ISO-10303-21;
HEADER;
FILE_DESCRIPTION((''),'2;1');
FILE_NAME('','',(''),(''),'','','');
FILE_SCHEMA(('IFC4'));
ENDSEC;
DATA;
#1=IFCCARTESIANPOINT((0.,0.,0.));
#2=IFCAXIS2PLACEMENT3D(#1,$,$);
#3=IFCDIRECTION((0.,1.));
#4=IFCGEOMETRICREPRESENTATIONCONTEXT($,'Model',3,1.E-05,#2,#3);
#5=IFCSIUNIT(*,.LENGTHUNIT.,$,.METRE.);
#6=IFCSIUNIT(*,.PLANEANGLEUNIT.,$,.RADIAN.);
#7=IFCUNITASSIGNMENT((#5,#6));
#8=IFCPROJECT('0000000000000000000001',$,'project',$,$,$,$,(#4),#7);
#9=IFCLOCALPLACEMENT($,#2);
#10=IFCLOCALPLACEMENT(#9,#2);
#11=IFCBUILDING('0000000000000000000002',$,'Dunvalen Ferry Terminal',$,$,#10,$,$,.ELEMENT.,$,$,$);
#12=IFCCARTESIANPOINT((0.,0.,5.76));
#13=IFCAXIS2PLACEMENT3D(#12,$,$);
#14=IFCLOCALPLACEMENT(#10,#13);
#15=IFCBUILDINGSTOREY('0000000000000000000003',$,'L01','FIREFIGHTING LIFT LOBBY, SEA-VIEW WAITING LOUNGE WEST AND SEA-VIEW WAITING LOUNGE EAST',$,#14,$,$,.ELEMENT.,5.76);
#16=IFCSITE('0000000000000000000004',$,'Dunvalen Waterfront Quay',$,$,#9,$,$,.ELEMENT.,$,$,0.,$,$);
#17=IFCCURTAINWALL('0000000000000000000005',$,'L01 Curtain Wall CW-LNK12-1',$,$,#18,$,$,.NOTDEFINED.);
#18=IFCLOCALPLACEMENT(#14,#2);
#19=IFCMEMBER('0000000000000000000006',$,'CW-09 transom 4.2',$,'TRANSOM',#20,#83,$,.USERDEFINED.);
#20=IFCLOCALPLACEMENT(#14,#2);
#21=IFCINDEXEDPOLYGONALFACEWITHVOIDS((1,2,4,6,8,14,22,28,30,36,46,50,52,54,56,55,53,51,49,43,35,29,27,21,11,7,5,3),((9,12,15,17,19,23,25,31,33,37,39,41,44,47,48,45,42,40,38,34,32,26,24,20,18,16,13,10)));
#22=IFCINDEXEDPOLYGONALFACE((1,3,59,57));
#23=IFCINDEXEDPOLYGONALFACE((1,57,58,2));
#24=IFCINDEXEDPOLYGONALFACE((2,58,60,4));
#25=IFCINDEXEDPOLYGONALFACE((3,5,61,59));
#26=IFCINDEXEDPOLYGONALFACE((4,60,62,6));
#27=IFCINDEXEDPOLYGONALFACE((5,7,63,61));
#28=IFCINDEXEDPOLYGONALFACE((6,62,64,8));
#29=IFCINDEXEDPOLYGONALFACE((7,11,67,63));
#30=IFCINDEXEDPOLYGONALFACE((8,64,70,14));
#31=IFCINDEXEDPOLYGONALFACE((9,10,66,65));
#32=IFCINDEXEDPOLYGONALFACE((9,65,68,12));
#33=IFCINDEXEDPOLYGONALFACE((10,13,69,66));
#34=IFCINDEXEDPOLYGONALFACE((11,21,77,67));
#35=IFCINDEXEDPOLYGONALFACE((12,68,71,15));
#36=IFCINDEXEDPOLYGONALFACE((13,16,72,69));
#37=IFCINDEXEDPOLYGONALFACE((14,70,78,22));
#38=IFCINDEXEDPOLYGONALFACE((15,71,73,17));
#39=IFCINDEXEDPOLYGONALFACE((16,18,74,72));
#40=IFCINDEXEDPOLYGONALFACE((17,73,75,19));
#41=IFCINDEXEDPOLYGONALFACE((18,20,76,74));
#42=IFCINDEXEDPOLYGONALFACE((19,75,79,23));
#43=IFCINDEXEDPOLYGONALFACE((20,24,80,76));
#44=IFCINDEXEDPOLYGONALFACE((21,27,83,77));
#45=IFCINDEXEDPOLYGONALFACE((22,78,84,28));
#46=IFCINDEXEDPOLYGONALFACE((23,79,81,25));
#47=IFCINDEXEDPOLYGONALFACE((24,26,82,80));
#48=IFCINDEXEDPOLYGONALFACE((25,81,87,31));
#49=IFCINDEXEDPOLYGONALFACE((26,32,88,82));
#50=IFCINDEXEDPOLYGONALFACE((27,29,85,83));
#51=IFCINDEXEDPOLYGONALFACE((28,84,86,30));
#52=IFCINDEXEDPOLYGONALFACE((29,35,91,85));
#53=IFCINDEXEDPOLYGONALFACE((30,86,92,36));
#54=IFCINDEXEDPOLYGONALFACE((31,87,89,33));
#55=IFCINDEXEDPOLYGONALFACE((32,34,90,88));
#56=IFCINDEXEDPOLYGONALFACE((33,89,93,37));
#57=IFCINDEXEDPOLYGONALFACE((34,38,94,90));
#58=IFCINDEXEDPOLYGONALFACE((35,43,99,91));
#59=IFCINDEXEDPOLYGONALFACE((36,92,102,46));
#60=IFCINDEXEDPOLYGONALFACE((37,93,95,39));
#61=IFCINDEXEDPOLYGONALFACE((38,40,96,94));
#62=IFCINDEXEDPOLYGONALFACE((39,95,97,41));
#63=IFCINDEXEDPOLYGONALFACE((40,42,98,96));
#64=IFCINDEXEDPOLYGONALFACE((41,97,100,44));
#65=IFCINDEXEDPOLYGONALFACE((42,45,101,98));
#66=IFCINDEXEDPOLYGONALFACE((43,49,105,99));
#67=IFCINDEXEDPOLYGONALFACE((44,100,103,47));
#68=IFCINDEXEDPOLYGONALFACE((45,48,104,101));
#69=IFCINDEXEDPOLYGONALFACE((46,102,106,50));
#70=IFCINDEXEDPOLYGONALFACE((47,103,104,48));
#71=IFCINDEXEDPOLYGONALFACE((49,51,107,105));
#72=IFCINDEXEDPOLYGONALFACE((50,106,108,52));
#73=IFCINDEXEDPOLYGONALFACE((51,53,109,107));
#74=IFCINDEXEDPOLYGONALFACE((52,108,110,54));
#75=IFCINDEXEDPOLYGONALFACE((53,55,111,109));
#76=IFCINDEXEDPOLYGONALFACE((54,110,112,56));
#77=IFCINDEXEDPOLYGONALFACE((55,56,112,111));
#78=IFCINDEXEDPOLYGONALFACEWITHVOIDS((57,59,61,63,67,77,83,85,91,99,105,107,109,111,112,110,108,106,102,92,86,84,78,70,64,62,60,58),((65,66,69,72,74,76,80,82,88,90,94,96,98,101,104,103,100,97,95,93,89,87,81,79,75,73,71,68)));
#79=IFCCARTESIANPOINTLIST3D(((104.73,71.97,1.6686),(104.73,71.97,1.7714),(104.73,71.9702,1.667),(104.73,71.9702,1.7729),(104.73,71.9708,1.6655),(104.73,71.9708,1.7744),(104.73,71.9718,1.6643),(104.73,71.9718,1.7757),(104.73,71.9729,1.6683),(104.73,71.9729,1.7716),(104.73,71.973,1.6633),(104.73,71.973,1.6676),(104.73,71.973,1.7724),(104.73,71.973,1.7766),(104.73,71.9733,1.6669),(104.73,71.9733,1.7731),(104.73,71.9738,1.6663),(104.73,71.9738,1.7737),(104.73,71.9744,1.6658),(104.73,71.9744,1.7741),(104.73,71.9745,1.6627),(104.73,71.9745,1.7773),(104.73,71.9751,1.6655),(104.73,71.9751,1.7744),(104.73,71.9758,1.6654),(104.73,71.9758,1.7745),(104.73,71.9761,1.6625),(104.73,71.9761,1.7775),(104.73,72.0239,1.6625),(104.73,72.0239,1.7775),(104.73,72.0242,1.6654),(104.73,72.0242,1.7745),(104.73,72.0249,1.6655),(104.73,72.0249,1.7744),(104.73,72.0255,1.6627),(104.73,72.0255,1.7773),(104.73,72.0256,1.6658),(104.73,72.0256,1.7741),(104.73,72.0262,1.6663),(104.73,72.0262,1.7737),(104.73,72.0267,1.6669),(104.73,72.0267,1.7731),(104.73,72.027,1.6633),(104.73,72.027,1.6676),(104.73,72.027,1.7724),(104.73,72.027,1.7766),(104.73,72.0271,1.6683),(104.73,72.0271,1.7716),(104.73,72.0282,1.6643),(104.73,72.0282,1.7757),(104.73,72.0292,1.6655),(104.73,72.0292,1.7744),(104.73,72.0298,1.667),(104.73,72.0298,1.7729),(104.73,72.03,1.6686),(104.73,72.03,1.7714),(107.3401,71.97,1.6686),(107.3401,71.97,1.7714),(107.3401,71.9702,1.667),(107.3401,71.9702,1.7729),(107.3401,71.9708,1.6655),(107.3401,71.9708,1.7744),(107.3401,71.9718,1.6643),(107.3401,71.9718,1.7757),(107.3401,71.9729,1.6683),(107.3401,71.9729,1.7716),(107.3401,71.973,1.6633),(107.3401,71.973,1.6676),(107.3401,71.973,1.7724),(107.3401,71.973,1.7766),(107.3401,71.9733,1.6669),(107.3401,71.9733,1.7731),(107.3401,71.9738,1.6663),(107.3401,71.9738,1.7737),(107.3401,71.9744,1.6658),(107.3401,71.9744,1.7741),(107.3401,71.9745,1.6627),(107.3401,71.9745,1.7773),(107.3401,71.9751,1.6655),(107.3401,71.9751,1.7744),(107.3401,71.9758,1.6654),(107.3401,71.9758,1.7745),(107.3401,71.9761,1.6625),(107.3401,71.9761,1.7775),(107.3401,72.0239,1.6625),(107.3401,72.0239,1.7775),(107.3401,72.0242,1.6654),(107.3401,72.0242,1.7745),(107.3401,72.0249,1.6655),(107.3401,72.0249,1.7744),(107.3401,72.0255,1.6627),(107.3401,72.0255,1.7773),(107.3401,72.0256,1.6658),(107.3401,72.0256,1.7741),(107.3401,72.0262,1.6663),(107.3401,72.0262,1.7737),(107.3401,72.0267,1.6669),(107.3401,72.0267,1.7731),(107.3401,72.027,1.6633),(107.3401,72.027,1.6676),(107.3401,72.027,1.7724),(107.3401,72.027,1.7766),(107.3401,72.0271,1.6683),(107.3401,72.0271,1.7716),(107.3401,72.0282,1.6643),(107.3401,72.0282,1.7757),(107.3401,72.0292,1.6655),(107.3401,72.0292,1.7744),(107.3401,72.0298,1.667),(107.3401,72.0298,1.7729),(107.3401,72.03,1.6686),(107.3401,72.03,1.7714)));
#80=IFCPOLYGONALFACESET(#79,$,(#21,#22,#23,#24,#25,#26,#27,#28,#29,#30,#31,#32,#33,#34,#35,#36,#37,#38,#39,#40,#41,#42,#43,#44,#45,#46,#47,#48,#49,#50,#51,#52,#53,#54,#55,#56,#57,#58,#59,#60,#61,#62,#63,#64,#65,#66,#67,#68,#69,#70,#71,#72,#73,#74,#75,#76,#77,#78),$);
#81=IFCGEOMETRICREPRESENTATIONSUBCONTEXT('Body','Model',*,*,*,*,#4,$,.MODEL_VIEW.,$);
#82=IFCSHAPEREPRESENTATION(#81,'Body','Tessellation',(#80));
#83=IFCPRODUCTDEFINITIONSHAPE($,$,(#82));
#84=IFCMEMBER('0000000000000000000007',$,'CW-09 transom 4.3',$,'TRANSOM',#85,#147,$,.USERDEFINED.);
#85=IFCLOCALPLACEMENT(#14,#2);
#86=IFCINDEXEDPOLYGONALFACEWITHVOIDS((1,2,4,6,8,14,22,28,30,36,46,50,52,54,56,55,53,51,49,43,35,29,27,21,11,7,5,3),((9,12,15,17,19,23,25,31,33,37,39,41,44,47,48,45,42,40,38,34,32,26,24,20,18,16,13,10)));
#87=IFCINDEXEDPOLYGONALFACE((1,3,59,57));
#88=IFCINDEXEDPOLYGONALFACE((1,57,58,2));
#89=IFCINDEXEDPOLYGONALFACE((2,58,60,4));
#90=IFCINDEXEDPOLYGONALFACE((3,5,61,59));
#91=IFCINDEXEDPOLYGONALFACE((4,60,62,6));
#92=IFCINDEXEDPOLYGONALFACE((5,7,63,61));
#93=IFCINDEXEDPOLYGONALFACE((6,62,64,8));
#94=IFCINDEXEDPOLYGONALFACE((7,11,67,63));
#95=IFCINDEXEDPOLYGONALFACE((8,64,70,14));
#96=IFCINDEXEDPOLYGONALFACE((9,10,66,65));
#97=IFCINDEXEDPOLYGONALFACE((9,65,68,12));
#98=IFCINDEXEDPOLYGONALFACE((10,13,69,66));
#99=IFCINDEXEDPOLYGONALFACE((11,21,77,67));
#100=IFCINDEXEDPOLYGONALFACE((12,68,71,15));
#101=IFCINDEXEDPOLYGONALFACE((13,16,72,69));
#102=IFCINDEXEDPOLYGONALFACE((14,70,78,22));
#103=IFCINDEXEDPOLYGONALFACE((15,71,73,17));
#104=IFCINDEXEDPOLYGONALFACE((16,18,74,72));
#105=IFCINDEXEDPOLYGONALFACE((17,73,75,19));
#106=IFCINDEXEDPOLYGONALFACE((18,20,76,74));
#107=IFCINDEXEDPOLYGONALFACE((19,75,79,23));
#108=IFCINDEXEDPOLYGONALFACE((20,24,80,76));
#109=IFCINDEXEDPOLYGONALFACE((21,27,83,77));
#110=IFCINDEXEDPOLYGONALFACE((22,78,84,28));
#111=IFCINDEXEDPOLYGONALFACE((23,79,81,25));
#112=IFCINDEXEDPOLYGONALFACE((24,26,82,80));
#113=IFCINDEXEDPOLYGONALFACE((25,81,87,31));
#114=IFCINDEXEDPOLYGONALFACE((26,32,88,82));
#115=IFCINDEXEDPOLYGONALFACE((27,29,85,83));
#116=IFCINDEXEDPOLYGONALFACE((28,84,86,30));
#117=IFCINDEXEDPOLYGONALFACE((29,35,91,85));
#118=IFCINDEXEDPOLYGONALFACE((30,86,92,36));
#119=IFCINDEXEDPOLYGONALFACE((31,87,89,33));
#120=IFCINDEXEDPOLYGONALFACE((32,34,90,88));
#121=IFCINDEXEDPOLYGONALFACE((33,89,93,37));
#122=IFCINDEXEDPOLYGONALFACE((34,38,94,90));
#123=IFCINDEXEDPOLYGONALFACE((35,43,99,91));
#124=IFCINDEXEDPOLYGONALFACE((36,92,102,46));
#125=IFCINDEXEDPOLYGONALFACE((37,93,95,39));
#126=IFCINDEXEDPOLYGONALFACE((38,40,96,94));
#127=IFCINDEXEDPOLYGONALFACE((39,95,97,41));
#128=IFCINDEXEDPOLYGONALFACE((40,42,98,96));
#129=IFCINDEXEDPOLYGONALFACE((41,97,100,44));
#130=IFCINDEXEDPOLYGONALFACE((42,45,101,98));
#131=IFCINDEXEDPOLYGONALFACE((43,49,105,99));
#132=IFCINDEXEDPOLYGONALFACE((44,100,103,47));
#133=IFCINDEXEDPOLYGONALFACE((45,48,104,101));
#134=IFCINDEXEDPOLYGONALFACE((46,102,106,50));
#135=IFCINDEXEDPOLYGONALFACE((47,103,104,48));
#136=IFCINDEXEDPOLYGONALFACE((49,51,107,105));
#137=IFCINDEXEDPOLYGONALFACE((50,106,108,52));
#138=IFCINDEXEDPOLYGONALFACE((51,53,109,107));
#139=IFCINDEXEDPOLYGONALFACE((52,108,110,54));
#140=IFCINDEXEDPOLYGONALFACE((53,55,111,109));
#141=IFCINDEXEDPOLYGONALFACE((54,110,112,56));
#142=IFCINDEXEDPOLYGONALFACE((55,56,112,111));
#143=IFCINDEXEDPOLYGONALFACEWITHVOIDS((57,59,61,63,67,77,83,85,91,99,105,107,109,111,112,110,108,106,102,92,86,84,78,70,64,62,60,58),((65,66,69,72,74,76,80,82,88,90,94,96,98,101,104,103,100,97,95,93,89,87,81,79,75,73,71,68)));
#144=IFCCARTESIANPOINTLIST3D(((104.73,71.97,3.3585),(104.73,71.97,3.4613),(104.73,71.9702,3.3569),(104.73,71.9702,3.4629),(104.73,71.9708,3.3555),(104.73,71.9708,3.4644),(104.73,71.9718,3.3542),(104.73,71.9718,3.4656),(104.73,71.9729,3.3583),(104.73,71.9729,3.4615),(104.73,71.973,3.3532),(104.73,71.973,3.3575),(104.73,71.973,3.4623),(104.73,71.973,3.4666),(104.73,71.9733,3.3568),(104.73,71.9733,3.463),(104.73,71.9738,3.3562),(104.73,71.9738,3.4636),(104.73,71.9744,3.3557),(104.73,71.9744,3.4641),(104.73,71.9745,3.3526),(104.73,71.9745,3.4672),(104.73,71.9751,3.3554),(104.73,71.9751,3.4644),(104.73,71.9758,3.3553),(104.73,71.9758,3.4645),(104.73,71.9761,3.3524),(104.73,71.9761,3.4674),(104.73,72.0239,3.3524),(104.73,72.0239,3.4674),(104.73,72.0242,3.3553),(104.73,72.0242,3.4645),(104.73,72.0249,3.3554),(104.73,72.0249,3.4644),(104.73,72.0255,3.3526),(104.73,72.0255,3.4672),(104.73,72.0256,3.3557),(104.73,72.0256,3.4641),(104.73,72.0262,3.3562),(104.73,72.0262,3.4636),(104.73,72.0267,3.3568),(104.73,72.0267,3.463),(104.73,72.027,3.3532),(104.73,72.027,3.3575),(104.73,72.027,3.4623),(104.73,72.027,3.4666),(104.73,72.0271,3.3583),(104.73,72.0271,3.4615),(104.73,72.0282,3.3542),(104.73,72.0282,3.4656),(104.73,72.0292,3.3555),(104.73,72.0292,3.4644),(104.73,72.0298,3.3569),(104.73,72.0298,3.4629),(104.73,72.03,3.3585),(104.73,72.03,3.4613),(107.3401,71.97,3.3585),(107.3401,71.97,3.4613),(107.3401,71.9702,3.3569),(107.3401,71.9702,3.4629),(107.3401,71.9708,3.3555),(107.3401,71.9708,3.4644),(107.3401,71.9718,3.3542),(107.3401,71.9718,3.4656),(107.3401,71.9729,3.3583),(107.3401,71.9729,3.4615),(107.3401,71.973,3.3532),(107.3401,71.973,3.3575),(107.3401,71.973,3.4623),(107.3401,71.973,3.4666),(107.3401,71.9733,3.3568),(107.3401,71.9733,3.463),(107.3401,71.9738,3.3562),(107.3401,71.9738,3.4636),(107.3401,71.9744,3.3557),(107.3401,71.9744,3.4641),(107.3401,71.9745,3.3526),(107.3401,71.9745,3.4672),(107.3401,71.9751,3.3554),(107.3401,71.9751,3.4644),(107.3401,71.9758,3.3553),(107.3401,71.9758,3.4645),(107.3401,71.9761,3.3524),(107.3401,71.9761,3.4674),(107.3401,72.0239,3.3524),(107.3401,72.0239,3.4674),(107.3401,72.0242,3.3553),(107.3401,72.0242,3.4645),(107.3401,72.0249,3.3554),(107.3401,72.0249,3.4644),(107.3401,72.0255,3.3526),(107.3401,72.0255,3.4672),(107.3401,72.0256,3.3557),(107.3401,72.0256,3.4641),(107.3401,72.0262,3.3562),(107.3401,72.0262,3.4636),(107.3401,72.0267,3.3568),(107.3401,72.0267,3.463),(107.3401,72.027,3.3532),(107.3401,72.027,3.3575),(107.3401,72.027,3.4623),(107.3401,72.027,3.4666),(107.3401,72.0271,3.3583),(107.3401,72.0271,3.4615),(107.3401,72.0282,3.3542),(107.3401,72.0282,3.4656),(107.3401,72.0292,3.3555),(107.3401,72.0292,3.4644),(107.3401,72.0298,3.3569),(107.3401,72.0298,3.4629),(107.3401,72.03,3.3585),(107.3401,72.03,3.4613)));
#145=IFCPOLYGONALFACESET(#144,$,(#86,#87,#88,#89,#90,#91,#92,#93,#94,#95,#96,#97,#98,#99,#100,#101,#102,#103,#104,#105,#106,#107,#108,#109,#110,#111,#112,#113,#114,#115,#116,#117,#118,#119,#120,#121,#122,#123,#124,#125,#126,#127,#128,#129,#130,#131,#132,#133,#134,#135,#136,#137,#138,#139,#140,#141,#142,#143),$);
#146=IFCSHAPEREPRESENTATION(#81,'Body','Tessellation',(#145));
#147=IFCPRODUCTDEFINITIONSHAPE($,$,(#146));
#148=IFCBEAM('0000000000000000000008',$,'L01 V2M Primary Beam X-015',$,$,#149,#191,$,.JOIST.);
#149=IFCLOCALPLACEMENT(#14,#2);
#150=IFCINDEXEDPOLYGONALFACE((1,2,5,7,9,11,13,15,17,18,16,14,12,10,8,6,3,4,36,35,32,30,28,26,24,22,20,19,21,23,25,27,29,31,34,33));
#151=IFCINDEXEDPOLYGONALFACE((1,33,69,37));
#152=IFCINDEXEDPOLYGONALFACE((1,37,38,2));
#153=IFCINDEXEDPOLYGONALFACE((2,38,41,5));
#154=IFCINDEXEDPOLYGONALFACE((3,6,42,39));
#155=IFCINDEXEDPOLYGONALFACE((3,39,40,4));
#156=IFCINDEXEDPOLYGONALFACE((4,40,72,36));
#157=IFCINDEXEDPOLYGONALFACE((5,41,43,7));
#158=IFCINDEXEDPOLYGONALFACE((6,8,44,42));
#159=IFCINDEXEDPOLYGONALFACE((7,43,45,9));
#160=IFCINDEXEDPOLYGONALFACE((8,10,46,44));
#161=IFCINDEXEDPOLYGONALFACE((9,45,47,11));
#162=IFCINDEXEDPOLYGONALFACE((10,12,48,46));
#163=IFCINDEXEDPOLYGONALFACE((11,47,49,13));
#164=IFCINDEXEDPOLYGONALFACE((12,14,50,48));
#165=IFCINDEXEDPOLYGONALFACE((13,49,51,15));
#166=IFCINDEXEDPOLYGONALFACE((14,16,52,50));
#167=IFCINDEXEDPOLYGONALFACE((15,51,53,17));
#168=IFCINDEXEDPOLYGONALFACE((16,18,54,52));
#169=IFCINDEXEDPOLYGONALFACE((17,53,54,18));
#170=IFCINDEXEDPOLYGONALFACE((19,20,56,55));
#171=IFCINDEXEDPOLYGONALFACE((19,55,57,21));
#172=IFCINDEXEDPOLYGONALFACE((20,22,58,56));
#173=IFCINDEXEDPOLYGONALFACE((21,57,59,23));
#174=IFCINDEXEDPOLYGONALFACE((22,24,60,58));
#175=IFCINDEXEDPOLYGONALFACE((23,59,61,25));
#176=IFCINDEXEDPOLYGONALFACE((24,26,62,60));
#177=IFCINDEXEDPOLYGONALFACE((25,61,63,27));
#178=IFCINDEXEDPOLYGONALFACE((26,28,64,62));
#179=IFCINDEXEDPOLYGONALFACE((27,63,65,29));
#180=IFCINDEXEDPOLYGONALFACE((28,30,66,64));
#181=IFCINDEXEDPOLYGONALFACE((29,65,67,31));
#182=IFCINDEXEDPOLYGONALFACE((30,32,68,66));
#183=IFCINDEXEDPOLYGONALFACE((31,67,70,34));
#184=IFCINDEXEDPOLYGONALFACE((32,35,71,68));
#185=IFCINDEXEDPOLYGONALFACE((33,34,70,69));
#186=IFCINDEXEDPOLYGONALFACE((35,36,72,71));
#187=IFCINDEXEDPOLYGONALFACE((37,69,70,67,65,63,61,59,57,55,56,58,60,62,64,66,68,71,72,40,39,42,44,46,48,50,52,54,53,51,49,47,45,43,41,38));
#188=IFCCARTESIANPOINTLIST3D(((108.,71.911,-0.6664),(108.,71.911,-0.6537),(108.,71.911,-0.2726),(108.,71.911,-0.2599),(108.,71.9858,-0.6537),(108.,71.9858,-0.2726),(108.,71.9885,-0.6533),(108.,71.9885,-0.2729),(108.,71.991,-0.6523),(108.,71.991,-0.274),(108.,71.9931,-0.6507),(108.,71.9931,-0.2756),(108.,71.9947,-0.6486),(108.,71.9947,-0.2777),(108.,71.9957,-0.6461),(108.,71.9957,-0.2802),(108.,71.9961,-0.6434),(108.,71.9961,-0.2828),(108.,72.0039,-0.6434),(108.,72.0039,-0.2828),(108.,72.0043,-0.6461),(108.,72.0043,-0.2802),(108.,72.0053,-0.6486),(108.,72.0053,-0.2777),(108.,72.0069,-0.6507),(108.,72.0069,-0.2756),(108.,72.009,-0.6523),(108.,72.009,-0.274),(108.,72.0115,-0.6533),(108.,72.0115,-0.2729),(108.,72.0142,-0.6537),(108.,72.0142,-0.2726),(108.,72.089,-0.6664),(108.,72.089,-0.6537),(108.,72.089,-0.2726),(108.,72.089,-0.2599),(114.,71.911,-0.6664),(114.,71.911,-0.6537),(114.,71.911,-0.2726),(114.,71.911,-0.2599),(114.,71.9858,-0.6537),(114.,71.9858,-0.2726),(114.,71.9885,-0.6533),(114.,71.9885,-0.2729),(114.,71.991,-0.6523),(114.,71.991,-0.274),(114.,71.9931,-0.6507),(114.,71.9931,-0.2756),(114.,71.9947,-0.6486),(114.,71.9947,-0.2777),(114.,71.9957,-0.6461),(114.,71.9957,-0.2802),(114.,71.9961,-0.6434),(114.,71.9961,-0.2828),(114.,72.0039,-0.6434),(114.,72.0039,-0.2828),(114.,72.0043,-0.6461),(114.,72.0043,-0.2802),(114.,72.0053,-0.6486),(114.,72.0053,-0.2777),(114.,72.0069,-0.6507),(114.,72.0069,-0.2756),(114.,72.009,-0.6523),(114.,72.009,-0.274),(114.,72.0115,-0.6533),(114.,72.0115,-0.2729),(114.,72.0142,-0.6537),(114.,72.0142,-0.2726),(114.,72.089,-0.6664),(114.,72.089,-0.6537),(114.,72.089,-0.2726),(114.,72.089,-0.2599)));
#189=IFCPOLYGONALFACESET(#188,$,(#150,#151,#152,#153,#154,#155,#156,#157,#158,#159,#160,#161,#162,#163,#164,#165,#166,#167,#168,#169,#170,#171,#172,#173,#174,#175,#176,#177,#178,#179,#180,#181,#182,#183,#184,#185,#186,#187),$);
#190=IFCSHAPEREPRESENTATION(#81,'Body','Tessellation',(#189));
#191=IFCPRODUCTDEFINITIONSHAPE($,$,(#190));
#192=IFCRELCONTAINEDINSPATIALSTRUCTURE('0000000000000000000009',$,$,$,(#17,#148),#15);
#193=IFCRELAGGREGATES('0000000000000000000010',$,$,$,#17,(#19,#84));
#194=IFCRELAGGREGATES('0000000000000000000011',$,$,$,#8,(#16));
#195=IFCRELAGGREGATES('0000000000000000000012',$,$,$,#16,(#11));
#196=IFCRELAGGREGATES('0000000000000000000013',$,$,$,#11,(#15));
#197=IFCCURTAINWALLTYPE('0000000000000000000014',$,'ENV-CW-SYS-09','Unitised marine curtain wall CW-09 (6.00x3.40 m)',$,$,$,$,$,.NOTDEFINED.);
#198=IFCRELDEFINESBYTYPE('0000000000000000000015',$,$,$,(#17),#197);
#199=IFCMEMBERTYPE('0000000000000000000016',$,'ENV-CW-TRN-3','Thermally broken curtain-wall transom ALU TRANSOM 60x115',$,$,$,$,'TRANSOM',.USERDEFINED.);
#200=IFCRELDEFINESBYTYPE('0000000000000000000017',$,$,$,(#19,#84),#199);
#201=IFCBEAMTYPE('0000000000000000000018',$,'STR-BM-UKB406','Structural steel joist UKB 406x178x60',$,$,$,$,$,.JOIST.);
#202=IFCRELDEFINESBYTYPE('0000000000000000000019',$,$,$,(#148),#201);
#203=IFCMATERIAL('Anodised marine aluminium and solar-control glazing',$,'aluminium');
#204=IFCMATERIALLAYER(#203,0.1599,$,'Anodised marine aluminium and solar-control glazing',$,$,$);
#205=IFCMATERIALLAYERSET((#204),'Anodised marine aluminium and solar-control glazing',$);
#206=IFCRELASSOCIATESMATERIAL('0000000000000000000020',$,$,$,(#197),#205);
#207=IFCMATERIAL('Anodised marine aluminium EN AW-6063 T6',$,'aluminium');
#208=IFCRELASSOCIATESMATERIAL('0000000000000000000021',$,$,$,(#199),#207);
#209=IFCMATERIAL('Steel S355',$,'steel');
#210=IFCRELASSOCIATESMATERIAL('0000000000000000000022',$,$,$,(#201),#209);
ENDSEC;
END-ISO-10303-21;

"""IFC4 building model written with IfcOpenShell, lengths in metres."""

from ifc_helpers import new_model, si_unit, direction, frame, origin, origin_2d, place, context, subcontext, project, spatial, hollow_rectangle, i_section, extrude, material, layer, layer_set, material_profile, profile_set, type_object, element, aggregate, save


model = new_model("IFC4")

# Units and contexts
model_context = context("Model", 3, precision=1e-05, world=origin(), true_north=direction((0.0, 1.0)))
body_context = subcontext(model_context, "Body", "Model", "MODEL_VIEW")
ifc_project = project(units=[si_unit("LENGTHUNIT", "METRE"), si_unit("PLANEANGLEUNIT", "RADIAN")], contexts=[model_context])

# Site, building, storey
site_placement = place(None, origin())
site = spatial("IfcSite", under=ifc_project, at=site_placement, Name="Dunvalen Waterfront Quay", CompositionType="ELEMENT", RefElevation=0.0)
building_placement = place(site_placement, origin())
building = spatial("IfcBuilding", under=site, at=building_placement, Name="Dunvalen Ferry Terminal", CompositionType="ELEMENT")
storey_placement = place(building_placement, frame((0.0, 0.0, 5.76)))
storey = spatial("IfcBuildingStorey", under=building, at=storey_placement, Name="L01", Description="FIREFIGHTING LIFT LOBBY, SEA-VIEW WAITING LOUNGE WEST AND SEA-VIEW WAITING LOUNGE EAST", CompositionType="ELEMENT", Elevation=5.76)

# Curtain wall
ifc_material_1 = material(Name="Anodised marine aluminium and solar-control glazing", Category="aluminium")
ifc_material_2 = material(Name="Anodised marine aluminium EN AW-6063 T6", Category="aluminium")
ifc_layer_1 = layer(ifc_material_1, 0.1599, Name="Anodised marine aluminium and solar-control glazing")
ifc_layer_set_1 = layer_set([ifc_layer_1], Name="Anodised marine aluminium and solar-control glazing")
curtain_wall_type_1 = type_object("IfcCurtainWallType", Name="ENV-CW-SYS-09", Description="Unitised marine curtain wall CW-09 (6.00x3.40 m)", PredefinedType="NOTDEFINED", material=ifc_layer_set_1)
curtain_wall_1_placement = place(storey_placement, origin())
curtain_wall_1 = element("IfcCurtainWall", 1, at=curtain_wall_1_placement, inside=storey, type_object=curtain_wall_type_1, Name="L01 Curtain Wall CW-LNK12-1", PredefinedType="NOTDEFINED")

# Members
ifc_material_profile_1 = material_profile(ifc_material_2, hollow_rectangle(XDim=0.0601, YDim=0.115, WallThickness=0.0029, InnerFilletRadius=0.0029, OuterFilletRadius=0.0061, at=origin_2d()), Name="Anodised marine aluminium EN AW-6063 T6")
ifc_profile_set_1 = profile_set([ifc_material_profile_1], Name="Anodised marine aluminium EN AW-6063 T6")
member_type_1 = type_object("IfcMemberType", Name="ENV-CW-TRN-3", Description="Thermally broken curtain-wall transom ALU TRANSOM 60x115", ElementType="TRANSOM", PredefinedType="USERDEFINED", material=ifc_profile_set_1)
member_1_placement = place(storey_placement, frame((104.73, 72.0, 1.72), z_axis=(1.0, 0.0, 0.0), x_axis=(0.0, 1.0, 0.0)))
member_1 = element("IfcMember", 2, at=member_1_placement, type_object=member_type_1, Name="CW-09 transom 4.2", ObjectType="TRANSOM", PredefinedType="USERDEFINED", context=body_context, shape_type="SweptSolid", body=[
    extrude(hollow_rectangle(XDim=0.0601, YDim=0.115, WallThickness=0.0029, InnerFilletRadius=0.0029, OuterFilletRadius=0.0061, at=origin_2d()), origin(), (0.0, 0.0, 1.0), 2.6101),
])
member_2_placement = place(storey_placement, frame((104.73, 72.0, 3.4099), z_axis=(1.0, 0.0, 0.0), x_axis=(0.0, 1.0, 0.0)))
member_2 = element("IfcMember", 3, at=member_2_placement, type_object=member_type_1, Name="CW-09 transom 4.3", ObjectType="TRANSOM", PredefinedType="USERDEFINED", context=body_context, shape_type="SweptSolid", body=[
    extrude(hollow_rectangle(XDim=0.0601, YDim=0.115, WallThickness=0.0029, InnerFilletRadius=0.0029, OuterFilletRadius=0.0061, at=origin_2d()), origin(), (0.0, 0.0, 1.0), 2.6101),
])

# Beam
ifc_material_3 = material(Name="Steel S355", Category="steel")
ifc_material_profile_2 = material_profile(ifc_material_3, i_section(OverallWidth=0.178, OverallDepth=0.4065, WebThickness=0.0078, FlangeThickness=0.0127, FilletRadius=0.0103, at=origin_2d()), Name="Steel S355")
ifc_profile_set_2 = profile_set([ifc_material_profile_2], Name="Steel S355")
beam_type_1 = type_object("IfcBeamType", Name="STR-BM-UKB406", Description="Structural steel joist UKB 406x178x60", PredefinedType="JOIST", material=ifc_profile_set_2)
beam_1_placement = place(storey_placement, frame((108.0, 72.0, -0.4631), z_axis=(1.0, 0.0, 0.0), x_axis=(0.0, 1.0, 0.0)))
element("IfcBeam", 4, at=beam_1_placement, inside=storey, type_object=beam_type_1, Name="L01 V2M Primary Beam X-015", PredefinedType="JOIST", context=body_context, shape_type="SweptSolid", body=[
    extrude(i_section(OverallWidth=0.178, OverallDepth=0.4065, WebThickness=0.0078, FlangeThickness=0.0127, FilletRadius=0.0103, at=origin_2d()), origin(), (0.0, 0.0, 1.0), 6.0),
])

aggregate(curtain_wall_1, [member_1, member_2])

save(model, "model.ifc")
